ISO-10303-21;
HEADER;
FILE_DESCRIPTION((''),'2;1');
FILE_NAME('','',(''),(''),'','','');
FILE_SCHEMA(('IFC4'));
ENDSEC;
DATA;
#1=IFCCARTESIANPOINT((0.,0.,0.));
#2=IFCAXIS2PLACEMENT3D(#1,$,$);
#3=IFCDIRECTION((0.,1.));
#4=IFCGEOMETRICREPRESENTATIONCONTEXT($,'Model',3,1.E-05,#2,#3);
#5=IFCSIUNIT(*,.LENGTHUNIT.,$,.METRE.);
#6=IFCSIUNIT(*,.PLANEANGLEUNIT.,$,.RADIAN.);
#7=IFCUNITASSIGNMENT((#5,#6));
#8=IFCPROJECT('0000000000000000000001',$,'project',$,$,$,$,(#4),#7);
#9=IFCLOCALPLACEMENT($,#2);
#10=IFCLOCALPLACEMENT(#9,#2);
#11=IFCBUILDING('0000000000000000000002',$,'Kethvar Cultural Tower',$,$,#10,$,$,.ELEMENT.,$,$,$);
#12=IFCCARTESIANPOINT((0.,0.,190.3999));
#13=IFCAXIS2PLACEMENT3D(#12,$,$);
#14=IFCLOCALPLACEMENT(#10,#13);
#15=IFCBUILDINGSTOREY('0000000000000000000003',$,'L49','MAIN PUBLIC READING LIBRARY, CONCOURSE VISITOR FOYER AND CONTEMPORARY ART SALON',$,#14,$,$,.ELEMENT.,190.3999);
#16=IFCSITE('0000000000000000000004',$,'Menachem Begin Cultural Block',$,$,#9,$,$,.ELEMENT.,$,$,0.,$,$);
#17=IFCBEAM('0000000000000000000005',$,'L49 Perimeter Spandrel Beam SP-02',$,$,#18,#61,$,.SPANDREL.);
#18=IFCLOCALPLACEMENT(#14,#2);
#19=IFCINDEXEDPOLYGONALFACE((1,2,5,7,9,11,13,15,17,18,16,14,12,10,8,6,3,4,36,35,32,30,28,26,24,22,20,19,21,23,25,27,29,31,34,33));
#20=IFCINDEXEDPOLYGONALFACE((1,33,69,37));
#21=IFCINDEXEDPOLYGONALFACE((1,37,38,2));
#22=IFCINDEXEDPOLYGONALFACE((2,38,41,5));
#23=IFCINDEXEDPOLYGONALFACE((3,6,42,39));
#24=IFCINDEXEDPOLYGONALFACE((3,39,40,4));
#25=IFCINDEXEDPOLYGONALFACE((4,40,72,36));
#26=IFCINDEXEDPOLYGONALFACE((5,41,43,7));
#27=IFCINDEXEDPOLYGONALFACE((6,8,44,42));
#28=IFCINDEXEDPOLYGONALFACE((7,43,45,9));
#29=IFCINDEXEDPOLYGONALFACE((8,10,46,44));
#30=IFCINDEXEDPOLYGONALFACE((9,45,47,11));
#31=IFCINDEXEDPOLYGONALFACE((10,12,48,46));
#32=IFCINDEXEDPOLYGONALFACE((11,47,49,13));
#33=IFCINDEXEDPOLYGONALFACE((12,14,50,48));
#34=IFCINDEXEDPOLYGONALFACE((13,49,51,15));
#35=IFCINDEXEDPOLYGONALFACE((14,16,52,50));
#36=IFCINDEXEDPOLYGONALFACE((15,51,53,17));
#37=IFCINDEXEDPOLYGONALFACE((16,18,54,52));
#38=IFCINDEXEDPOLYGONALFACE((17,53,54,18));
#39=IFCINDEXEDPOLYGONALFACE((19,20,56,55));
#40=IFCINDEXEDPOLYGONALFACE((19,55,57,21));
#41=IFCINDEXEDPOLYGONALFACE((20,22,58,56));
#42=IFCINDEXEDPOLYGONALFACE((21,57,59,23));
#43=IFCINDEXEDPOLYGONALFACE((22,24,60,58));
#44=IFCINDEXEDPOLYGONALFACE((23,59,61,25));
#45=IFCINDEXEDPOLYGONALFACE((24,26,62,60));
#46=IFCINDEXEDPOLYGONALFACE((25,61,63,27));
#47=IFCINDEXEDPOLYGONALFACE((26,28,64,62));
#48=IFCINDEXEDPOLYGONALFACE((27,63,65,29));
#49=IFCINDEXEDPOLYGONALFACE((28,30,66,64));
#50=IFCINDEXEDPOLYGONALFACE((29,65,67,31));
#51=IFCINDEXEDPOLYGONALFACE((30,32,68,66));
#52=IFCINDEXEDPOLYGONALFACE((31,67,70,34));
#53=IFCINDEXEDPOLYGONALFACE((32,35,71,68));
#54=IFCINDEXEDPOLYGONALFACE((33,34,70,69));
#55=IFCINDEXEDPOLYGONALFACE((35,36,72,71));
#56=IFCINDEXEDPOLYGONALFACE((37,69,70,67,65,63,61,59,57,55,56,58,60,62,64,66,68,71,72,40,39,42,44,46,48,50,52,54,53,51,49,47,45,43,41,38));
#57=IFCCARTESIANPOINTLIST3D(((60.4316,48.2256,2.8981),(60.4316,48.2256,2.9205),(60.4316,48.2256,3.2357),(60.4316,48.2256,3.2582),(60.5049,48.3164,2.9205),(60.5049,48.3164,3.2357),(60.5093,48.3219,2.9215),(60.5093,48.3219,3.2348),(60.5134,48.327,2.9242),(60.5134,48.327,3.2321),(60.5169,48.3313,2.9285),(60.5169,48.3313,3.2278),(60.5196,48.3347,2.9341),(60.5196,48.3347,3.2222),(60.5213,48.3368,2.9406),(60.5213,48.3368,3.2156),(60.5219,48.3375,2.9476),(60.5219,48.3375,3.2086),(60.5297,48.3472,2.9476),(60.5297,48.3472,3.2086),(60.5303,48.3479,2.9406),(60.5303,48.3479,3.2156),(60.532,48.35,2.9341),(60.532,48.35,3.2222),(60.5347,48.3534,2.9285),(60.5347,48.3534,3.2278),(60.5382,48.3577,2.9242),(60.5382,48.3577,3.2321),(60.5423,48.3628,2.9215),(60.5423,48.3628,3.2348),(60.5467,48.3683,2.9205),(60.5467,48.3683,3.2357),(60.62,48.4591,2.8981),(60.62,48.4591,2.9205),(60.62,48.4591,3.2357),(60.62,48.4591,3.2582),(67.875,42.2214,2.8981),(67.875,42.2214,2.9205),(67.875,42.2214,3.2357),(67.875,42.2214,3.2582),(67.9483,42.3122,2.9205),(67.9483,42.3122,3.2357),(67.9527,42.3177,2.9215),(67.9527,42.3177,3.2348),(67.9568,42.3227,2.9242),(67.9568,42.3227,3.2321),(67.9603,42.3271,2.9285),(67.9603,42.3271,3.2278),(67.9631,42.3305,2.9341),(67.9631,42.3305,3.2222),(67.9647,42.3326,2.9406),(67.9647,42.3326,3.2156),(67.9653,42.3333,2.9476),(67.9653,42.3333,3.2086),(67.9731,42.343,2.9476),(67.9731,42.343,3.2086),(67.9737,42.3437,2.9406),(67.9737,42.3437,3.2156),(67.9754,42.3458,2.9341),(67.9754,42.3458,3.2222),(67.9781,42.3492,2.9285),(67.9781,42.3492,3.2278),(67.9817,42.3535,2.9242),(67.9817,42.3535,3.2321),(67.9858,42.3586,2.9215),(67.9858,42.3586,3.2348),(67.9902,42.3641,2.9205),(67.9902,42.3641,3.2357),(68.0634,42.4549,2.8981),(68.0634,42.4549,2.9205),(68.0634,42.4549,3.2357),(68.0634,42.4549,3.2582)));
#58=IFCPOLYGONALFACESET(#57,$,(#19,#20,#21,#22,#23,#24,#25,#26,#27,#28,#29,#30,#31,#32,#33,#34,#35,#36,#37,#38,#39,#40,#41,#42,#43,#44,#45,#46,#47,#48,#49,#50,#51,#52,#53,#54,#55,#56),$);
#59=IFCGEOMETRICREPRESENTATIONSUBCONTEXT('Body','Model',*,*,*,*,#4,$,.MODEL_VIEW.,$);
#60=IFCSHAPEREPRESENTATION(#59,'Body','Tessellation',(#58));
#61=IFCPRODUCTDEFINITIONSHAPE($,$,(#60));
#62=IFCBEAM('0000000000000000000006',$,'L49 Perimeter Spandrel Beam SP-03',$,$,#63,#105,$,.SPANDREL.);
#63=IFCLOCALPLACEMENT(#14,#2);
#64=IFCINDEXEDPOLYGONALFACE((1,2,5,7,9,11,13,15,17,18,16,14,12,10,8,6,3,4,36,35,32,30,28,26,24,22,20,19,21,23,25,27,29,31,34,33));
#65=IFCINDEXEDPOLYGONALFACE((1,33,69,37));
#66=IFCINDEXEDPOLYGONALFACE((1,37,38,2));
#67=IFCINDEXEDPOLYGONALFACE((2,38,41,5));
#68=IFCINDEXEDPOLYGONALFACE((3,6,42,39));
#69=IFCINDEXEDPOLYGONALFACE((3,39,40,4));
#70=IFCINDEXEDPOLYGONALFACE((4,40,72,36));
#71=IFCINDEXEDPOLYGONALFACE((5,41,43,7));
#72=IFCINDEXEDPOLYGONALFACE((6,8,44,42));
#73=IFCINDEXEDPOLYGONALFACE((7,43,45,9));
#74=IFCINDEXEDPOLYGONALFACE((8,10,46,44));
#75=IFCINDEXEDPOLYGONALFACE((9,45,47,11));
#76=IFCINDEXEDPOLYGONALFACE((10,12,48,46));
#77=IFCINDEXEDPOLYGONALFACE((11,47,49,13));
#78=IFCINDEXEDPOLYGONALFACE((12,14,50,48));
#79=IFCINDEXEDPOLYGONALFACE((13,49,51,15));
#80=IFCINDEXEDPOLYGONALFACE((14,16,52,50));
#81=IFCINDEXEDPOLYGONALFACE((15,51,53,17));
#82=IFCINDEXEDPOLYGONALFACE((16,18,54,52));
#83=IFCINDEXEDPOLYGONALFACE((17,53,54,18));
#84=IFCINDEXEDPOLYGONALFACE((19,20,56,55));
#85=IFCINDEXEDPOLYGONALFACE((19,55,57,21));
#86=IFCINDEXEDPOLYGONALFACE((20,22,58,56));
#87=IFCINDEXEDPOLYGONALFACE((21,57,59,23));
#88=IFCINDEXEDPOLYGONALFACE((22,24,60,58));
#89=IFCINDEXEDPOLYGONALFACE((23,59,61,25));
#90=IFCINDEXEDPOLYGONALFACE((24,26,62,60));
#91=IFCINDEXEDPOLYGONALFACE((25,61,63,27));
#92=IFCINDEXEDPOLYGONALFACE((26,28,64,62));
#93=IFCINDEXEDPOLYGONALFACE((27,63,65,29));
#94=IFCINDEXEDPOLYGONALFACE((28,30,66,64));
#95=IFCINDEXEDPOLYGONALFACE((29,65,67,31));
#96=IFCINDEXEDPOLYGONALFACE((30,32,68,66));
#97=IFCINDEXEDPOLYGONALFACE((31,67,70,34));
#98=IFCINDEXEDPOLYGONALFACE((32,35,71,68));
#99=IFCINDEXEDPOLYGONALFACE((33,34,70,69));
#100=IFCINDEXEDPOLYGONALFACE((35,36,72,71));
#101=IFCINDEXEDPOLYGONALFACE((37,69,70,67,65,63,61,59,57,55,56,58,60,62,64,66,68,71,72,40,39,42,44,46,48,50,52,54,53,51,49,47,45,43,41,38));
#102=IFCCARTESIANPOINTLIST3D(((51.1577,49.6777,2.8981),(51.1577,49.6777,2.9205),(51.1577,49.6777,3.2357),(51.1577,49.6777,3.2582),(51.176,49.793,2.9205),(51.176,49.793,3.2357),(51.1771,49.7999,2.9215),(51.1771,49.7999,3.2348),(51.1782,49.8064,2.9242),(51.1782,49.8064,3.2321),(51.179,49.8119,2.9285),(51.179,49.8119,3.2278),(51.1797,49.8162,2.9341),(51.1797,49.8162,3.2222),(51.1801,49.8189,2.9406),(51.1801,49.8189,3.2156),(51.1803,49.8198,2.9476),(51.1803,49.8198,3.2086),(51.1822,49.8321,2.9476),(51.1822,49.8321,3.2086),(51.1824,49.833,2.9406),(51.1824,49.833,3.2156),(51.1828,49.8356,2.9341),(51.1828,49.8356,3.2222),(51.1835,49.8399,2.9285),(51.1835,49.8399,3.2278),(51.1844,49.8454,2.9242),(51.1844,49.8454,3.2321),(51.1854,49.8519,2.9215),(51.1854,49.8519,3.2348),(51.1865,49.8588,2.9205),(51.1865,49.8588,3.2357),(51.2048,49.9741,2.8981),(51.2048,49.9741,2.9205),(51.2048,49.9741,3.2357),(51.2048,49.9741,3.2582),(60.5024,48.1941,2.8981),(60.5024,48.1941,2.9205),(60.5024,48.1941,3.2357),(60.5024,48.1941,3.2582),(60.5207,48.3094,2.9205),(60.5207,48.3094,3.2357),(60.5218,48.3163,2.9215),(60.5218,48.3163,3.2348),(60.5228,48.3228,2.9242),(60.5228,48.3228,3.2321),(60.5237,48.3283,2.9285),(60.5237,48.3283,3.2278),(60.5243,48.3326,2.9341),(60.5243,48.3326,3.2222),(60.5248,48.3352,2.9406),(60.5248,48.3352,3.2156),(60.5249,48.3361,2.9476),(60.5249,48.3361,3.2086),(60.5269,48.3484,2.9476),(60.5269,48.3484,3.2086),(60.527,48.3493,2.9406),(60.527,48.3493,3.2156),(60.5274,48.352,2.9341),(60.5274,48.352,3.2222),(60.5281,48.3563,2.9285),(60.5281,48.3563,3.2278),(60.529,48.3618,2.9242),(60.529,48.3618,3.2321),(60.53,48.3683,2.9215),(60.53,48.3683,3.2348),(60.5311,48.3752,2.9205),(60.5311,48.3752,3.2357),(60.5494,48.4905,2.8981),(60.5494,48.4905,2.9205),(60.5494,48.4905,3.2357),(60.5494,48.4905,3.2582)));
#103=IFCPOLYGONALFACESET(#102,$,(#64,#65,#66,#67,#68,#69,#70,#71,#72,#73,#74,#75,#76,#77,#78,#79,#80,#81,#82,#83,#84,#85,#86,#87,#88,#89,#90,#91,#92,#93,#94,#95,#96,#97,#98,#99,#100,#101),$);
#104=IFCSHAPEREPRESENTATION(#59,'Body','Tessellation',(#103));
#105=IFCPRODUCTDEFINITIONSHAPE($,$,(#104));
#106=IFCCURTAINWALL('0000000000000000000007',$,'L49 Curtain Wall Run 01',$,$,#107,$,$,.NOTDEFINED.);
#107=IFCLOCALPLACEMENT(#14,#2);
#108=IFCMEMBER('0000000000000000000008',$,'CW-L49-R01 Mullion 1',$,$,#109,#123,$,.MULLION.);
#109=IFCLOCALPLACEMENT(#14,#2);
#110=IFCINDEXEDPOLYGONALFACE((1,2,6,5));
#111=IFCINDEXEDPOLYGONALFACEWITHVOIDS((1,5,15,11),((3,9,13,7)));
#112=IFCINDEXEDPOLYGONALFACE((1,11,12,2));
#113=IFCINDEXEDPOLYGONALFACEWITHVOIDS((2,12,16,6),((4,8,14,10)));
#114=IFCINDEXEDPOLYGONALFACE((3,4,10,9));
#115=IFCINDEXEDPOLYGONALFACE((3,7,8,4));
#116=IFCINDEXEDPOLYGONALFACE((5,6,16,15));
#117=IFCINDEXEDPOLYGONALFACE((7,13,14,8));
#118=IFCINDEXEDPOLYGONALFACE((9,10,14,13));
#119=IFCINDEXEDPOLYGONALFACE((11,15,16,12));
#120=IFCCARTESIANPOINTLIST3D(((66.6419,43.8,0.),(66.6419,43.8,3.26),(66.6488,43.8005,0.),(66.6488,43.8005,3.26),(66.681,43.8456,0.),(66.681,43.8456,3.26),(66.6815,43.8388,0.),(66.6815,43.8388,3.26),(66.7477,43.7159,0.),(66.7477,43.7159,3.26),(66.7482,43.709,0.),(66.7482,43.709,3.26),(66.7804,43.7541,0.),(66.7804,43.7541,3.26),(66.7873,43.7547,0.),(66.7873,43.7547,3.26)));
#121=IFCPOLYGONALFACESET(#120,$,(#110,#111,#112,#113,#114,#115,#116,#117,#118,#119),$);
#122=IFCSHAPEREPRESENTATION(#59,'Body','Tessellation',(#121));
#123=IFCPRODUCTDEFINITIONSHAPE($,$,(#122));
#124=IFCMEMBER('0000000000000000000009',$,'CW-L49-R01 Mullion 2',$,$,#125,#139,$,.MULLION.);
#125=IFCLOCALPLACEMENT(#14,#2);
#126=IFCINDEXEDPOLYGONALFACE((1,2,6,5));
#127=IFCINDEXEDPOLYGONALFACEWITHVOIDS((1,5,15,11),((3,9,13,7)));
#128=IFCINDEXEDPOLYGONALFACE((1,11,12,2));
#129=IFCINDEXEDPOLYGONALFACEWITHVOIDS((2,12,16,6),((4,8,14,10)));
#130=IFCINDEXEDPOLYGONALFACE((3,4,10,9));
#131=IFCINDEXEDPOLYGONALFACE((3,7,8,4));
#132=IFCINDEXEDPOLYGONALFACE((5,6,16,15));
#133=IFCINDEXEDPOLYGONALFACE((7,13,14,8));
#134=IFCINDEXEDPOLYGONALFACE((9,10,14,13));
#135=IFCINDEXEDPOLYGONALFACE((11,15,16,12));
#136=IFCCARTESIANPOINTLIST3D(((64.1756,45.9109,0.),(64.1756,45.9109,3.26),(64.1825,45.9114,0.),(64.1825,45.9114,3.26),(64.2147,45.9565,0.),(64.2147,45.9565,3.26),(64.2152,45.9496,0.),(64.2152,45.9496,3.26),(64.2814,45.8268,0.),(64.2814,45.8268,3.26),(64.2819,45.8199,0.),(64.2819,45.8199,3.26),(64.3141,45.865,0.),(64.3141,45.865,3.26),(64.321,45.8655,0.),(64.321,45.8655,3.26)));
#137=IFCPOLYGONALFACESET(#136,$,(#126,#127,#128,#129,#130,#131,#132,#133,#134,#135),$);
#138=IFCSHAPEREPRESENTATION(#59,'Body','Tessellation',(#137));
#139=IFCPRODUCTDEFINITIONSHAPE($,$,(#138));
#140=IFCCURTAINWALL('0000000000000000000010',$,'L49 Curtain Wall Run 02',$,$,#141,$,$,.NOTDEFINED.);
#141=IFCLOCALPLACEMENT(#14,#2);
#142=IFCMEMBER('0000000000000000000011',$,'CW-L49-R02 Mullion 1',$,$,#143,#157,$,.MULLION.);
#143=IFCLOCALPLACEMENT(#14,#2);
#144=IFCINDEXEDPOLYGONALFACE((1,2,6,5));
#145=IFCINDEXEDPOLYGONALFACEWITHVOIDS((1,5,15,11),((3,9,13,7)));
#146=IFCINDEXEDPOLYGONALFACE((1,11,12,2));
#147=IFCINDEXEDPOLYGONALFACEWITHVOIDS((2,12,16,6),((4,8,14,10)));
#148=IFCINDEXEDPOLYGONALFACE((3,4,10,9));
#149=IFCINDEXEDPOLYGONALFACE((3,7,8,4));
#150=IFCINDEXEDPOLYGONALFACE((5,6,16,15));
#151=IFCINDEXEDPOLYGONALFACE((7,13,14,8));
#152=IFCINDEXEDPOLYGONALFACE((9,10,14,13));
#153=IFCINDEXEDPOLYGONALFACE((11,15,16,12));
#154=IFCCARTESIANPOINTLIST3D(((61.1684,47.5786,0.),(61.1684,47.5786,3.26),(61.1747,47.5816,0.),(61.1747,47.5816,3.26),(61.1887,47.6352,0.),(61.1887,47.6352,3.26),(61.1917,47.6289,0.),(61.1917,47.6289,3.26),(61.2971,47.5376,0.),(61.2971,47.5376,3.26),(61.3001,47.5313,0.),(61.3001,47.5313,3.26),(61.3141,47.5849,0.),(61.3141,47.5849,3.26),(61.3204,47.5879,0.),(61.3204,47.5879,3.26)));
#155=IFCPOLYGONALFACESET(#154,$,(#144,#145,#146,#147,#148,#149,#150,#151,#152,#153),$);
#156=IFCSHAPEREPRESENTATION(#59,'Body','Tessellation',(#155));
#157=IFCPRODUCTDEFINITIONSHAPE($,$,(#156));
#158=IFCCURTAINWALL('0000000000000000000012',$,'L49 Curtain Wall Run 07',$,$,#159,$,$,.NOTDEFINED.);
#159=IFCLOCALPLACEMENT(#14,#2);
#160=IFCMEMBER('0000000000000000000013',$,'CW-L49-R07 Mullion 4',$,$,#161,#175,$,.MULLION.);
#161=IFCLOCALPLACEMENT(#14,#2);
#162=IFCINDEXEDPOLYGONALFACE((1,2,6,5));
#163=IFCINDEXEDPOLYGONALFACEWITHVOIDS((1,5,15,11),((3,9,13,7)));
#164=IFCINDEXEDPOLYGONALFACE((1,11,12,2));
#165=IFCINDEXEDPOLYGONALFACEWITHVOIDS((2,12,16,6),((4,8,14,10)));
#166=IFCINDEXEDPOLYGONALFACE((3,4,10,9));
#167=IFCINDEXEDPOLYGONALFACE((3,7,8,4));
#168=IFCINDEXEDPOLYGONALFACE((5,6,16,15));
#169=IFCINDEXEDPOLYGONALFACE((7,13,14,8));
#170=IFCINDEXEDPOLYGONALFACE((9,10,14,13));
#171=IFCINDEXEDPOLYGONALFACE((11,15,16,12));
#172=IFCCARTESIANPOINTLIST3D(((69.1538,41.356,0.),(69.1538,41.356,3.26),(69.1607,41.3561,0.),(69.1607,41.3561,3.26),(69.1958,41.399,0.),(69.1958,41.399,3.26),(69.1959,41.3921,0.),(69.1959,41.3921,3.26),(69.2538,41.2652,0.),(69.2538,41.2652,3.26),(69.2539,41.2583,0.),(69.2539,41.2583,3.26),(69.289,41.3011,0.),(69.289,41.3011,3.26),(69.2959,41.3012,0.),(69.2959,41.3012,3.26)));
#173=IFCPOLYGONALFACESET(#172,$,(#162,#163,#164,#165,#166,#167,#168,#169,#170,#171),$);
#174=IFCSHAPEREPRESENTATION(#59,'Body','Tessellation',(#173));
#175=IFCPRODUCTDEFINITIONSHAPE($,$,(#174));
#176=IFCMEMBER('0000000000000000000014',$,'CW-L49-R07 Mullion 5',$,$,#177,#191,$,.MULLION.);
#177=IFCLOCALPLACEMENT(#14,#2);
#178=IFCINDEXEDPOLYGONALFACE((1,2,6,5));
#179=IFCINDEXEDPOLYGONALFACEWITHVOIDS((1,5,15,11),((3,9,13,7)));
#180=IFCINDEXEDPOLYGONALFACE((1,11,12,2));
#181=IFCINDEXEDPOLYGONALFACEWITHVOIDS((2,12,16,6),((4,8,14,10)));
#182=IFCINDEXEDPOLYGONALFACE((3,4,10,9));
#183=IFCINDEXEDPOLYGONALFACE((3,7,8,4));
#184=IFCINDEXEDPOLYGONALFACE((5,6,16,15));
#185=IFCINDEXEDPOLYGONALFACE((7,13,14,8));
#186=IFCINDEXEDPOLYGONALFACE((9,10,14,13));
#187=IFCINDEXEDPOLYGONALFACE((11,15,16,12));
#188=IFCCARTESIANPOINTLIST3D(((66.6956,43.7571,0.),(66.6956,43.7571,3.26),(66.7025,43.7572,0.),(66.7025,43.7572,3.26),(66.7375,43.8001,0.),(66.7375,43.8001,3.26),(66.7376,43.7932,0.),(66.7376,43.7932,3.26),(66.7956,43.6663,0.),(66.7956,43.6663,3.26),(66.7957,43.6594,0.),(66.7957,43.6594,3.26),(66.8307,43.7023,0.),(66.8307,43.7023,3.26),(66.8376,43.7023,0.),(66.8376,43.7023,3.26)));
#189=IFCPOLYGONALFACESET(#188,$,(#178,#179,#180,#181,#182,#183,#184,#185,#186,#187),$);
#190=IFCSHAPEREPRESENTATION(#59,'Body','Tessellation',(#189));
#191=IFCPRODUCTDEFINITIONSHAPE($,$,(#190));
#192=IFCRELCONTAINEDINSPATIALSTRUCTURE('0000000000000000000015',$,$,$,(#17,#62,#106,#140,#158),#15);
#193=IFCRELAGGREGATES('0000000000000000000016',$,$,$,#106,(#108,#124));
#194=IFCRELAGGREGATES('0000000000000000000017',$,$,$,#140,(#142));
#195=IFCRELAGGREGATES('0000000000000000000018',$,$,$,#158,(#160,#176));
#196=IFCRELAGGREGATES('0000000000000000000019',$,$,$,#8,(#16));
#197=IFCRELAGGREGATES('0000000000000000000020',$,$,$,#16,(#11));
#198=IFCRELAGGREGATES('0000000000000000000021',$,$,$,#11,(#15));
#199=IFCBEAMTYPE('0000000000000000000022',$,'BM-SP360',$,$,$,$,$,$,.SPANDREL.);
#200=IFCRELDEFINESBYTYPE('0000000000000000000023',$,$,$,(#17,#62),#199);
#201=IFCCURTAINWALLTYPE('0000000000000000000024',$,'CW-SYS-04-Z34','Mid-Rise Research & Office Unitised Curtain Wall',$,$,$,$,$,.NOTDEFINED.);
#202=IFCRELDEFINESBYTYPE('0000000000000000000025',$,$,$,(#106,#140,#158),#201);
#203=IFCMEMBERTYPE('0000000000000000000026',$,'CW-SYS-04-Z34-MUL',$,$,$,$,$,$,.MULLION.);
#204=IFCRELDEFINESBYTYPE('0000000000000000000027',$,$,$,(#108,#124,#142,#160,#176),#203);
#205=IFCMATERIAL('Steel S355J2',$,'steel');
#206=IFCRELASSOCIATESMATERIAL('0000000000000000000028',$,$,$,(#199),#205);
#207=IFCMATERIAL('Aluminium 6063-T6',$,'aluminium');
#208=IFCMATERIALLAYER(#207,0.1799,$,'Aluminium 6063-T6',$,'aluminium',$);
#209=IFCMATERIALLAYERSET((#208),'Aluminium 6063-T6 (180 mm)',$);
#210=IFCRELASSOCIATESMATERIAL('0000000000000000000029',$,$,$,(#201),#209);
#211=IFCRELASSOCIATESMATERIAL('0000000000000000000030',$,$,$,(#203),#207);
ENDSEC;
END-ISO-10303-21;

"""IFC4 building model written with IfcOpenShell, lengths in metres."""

from ifc_helpers import new_model, si_unit, direction, frame, origin, origin_2d, place, context, subcontext, project, spatial, hollow_rectangle, i_section, extrude, source, transform, mapped, material, layer, layer_set, material_profile, profile_set, type_object, element, aggregate, save


model = new_model("IFC4")

# Units and contexts
model_context = context("Model", 3, precision=1e-05, world=origin(), true_north=direction((0.0, 1.0)))
body_context = subcontext(model_context, "Body", "Model", "MODEL_VIEW")
ifc_project = project(units=[si_unit("LENGTHUNIT", "METRE"), si_unit("PLANEANGLEUNIT", "RADIAN")], contexts=[model_context])

# Site, building, storey
site_placement = place(None, origin())
site = spatial("IfcSite", under=ifc_project, at=site_placement, Name="Menachem Begin Cultural Block", CompositionType="ELEMENT", RefElevation=0.0)
building_placement = place(site_placement, origin())
building = spatial("IfcBuilding", under=site, at=building_placement, Name="Kethvar Cultural Tower", CompositionType="ELEMENT")
storey_placement = place(building_placement, frame((0.0, 0.0, 190.3999)))
storey = spatial("IfcBuildingStorey", under=building, at=storey_placement, Name="L49", Description="MAIN PUBLIC READING LIBRARY, CONCOURSE VISITOR FOYER AND CONTEMPORARY ART SALON", CompositionType="ELEMENT", Elevation=190.3999)

# Beams
ifc_material_1 = material(Name="Steel S355J2", Category="steel")
ifc_material_profile_1 = material_profile(ifc_material_1, i_section(OverallWidth=0.3, OverallDepth=0.3601, WebThickness=0.0125, FlangeThickness=0.0225, FilletRadius=0.0271, at=origin_2d()), Name="Steel S355J2 — HEB360")
ifc_profile_set_1 = profile_set([ifc_material_profile_1], Name="Steel S355J2 — HEB360")
beam_type_1 = type_object("IfcBeamType", Name="BM-SP360", PredefinedType="SPANDREL", material=ifc_profile_set_1)
shared_shape_1 = source(origin(), body_context, "Body", "SweptSolid", [
    extrude(i_section(OverallWidth=0.3, OverallDepth=0.3601, WebThickness=0.0125, FlangeThickness=0.0225, FilletRadius=0.0271, at=origin_2d()), origin(), (0.0, 0.0, 1.0), 9.5632),
])
beam_1_placement = place(storey_placement, frame((67.9692, 42.3381, 3.0781), z_axis=(-0.778339, 0.627844, 0.0), x_axis=(-0.627844, -0.778339, 0.0)))
element("IfcBeam", 1, at=beam_1_placement, inside=storey, type_object=beam_type_1, Name="L49 Perimeter Spandrel Beam SP-02", PredefinedType="SPANDREL", context=body_context, shape_type="MappedRepresentation", body=[
    mapped(shared_shape_1, transform((0.0, 0.0, 0.0), scale=1.0)),
])
shared_shape_2 = source(origin(), body_context, "Body", "SweptSolid", [
    extrude(i_section(OverallWidth=0.3, OverallDepth=0.3601, WebThickness=0.0125, FlangeThickness=0.0225, FilletRadius=0.0271, at=origin_2d()), origin(), (0.0, 0.0, 1.0), 9.4617),
])
beam_2_placement = place(storey_placement, frame((60.5259, 48.3423, 3.0781), z_axis=(-0.98763, 0.156804, 0.0), x_axis=(-0.156804, -0.98763, 0.0)))
element("IfcBeam", 2, at=beam_2_placement, inside=storey, type_object=beam_type_1, Name="L49 Perimeter Spandrel Beam SP-03", PredefinedType="SPANDREL", context=body_context, shape_type="MappedRepresentation", body=[
    mapped(shared_shape_2, transform((0.0, 0.0, 0.0), scale=1.0)),
])

# Curtain wall, members
ifc_material_2 = material(Name="Aluminium 6063-T6", Category="aluminium")
ifc_layer_1 = layer(ifc_material_2, 0.1799, Name="Aluminium 6063-T6", Category="aluminium")
ifc_layer_set_1 = layer_set([ifc_layer_1], Name="Aluminium 6063-T6 (180 mm)")
curtain_wall_type = type_object("IfcCurtainWallType", Name="CW-SYS-04-Z34", Description="Mid-Rise Research & Office Unitised Curtain Wall", PredefinedType="NOTDEFINED", material=ifc_layer_set_1)
curtain_wall_1_placement = place(storey_placement, origin())
curtain_wall_1 = element("IfcCurtainWall", 3, at=curtain_wall_1_placement, inside=storey, type_object=curtain_wall_type, Name="L49 Curtain Wall Run 01", PredefinedType="NOTDEFINED")
ifc_material_profile_2 = material_profile(ifc_material_2, hollow_rectangle(XDim=0.0601, YDim=0.1399, WallThickness=0.0049, at=origin_2d()), Name="Aluminium 6063-T6 — RHS140x60x5")
ifc_profile_set_2 = profile_set([ifc_material_profile_2], Name="Aluminium 6063-T6 — RHS140x60x5")
member_type_1 = type_object("IfcMemberType", Name="CW-SYS-04-Z34-MUL", PredefinedType="MULLION", material=ifc_profile_set_2)
shared_shape_3 = source(origin(), body_context, "Body", "SweptSolid", [
    extrude(hollow_rectangle(XDim=0.0601, YDim=0.1399, WallThickness=0.0049, at=origin_2d()), origin(), (0.0, 0.0, 1.0), 3.26),
])
member_1_placement = place(storey_placement, frame((66.7146, 43.7773, 0.0), z_axis=(0.0, 0.0, 1.0), x_axis=(-0.650244, -0.759725, 0.0)))
member_1 = element("IfcMember", 4, at=member_1_placement, type_object=member_type_1, Name="CW-L49-R01 Mullion 1", PredefinedType="MULLION", context=body_context, shape_type="MappedRepresentation", body=[
    mapped(shared_shape_3, transform((0.0, 0.0, 0.0), scale=1.0)),
])
member_2_placement = place(storey_placement, frame((64.2483, 45.8882, 0.0), z_axis=(0.0, 0.0, 1.0), x_axis=(-0.650244, -0.759725, 0.0)))
member_2 = element("IfcMember", 5, at=member_2_placement, type_object=member_type_1, Name="CW-L49-R01 Mullion 2", PredefinedType="MULLION", context=body_context, shape_type="MappedRepresentation", body=[
    mapped(shared_shape_3, transform((0.0, 0.0, 0.0), scale=1.0)),
])

# Curtain wall, member
curtain_wall_2_placement = place(storey_placement, origin())
curtain_wall_2 = element("IfcCurtainWall", 6, at=curtain_wall_2_placement, inside=storey, type_object=curtain_wall_type, Name="L49 Curtain Wall Run 02", PredefinedType="NOTDEFINED")
member_3_placement = place(storey_placement, frame((61.2444, 47.5833, 0.0), z_axis=(0.0, 0.0, 1.0), x_axis=(-0.338048, -0.941129, 0.0)))
member_3 = element("IfcMember", 7, at=member_3_placement, type_object=member_type_1, Name="CW-L49-R02 Mullion 1", PredefinedType="MULLION", context=body_context, shape_type="MappedRepresentation", body=[
    mapped(shared_shape_3, transform((0.0, 0.0, 0.0), scale=1.0)),
])

# Curtain wall, members
curtain_wall_3_placement = place(storey_placement, origin())
curtain_wall_3 = element("IfcCurtainWall", 8, at=curtain_wall_3_placement, inside=storey, type_object=curtain_wall_type, Name="L49 Curtain Wall Run 07", PredefinedType="NOTDEFINED")
member_4_placement = place(storey_placement, frame((69.2249, 41.3286, 0.0), z_axis=(0.0, 0.0, 1.0), x_axis=(-0.69874, -0.715376, 0.0)))
member_4 = element("IfcMember", 9, at=member_4_placement, type_object=member_type_1, Name="CW-L49-R07 Mullion 4", PredefinedType="MULLION", context=body_context, shape_type="MappedRepresentation", body=[
    mapped(shared_shape_3, transform((0.0, 0.0, 0.0), scale=1.0)),
])
member_5_placement = place(storey_placement, frame((66.7666, 43.7297, 0.0), z_axis=(0.0, 0.0, 1.0), x_axis=(-0.69874, -0.715376, 0.0)))
member_5 = element("IfcMember", 10, at=member_5_placement, type_object=member_type_1, Name="CW-L49-R07 Mullion 5", PredefinedType="MULLION", context=body_context, shape_type="MappedRepresentation", body=[
    mapped(shared_shape_3, transform((0.0, 0.0, 0.0), scale=1.0)),
])

aggregate(curtain_wall_1, [member_1, member_2])
aggregate(curtain_wall_2, [member_3])
aggregate(curtain_wall_3, [member_4, member_5])

save(model, "model.ifc")
